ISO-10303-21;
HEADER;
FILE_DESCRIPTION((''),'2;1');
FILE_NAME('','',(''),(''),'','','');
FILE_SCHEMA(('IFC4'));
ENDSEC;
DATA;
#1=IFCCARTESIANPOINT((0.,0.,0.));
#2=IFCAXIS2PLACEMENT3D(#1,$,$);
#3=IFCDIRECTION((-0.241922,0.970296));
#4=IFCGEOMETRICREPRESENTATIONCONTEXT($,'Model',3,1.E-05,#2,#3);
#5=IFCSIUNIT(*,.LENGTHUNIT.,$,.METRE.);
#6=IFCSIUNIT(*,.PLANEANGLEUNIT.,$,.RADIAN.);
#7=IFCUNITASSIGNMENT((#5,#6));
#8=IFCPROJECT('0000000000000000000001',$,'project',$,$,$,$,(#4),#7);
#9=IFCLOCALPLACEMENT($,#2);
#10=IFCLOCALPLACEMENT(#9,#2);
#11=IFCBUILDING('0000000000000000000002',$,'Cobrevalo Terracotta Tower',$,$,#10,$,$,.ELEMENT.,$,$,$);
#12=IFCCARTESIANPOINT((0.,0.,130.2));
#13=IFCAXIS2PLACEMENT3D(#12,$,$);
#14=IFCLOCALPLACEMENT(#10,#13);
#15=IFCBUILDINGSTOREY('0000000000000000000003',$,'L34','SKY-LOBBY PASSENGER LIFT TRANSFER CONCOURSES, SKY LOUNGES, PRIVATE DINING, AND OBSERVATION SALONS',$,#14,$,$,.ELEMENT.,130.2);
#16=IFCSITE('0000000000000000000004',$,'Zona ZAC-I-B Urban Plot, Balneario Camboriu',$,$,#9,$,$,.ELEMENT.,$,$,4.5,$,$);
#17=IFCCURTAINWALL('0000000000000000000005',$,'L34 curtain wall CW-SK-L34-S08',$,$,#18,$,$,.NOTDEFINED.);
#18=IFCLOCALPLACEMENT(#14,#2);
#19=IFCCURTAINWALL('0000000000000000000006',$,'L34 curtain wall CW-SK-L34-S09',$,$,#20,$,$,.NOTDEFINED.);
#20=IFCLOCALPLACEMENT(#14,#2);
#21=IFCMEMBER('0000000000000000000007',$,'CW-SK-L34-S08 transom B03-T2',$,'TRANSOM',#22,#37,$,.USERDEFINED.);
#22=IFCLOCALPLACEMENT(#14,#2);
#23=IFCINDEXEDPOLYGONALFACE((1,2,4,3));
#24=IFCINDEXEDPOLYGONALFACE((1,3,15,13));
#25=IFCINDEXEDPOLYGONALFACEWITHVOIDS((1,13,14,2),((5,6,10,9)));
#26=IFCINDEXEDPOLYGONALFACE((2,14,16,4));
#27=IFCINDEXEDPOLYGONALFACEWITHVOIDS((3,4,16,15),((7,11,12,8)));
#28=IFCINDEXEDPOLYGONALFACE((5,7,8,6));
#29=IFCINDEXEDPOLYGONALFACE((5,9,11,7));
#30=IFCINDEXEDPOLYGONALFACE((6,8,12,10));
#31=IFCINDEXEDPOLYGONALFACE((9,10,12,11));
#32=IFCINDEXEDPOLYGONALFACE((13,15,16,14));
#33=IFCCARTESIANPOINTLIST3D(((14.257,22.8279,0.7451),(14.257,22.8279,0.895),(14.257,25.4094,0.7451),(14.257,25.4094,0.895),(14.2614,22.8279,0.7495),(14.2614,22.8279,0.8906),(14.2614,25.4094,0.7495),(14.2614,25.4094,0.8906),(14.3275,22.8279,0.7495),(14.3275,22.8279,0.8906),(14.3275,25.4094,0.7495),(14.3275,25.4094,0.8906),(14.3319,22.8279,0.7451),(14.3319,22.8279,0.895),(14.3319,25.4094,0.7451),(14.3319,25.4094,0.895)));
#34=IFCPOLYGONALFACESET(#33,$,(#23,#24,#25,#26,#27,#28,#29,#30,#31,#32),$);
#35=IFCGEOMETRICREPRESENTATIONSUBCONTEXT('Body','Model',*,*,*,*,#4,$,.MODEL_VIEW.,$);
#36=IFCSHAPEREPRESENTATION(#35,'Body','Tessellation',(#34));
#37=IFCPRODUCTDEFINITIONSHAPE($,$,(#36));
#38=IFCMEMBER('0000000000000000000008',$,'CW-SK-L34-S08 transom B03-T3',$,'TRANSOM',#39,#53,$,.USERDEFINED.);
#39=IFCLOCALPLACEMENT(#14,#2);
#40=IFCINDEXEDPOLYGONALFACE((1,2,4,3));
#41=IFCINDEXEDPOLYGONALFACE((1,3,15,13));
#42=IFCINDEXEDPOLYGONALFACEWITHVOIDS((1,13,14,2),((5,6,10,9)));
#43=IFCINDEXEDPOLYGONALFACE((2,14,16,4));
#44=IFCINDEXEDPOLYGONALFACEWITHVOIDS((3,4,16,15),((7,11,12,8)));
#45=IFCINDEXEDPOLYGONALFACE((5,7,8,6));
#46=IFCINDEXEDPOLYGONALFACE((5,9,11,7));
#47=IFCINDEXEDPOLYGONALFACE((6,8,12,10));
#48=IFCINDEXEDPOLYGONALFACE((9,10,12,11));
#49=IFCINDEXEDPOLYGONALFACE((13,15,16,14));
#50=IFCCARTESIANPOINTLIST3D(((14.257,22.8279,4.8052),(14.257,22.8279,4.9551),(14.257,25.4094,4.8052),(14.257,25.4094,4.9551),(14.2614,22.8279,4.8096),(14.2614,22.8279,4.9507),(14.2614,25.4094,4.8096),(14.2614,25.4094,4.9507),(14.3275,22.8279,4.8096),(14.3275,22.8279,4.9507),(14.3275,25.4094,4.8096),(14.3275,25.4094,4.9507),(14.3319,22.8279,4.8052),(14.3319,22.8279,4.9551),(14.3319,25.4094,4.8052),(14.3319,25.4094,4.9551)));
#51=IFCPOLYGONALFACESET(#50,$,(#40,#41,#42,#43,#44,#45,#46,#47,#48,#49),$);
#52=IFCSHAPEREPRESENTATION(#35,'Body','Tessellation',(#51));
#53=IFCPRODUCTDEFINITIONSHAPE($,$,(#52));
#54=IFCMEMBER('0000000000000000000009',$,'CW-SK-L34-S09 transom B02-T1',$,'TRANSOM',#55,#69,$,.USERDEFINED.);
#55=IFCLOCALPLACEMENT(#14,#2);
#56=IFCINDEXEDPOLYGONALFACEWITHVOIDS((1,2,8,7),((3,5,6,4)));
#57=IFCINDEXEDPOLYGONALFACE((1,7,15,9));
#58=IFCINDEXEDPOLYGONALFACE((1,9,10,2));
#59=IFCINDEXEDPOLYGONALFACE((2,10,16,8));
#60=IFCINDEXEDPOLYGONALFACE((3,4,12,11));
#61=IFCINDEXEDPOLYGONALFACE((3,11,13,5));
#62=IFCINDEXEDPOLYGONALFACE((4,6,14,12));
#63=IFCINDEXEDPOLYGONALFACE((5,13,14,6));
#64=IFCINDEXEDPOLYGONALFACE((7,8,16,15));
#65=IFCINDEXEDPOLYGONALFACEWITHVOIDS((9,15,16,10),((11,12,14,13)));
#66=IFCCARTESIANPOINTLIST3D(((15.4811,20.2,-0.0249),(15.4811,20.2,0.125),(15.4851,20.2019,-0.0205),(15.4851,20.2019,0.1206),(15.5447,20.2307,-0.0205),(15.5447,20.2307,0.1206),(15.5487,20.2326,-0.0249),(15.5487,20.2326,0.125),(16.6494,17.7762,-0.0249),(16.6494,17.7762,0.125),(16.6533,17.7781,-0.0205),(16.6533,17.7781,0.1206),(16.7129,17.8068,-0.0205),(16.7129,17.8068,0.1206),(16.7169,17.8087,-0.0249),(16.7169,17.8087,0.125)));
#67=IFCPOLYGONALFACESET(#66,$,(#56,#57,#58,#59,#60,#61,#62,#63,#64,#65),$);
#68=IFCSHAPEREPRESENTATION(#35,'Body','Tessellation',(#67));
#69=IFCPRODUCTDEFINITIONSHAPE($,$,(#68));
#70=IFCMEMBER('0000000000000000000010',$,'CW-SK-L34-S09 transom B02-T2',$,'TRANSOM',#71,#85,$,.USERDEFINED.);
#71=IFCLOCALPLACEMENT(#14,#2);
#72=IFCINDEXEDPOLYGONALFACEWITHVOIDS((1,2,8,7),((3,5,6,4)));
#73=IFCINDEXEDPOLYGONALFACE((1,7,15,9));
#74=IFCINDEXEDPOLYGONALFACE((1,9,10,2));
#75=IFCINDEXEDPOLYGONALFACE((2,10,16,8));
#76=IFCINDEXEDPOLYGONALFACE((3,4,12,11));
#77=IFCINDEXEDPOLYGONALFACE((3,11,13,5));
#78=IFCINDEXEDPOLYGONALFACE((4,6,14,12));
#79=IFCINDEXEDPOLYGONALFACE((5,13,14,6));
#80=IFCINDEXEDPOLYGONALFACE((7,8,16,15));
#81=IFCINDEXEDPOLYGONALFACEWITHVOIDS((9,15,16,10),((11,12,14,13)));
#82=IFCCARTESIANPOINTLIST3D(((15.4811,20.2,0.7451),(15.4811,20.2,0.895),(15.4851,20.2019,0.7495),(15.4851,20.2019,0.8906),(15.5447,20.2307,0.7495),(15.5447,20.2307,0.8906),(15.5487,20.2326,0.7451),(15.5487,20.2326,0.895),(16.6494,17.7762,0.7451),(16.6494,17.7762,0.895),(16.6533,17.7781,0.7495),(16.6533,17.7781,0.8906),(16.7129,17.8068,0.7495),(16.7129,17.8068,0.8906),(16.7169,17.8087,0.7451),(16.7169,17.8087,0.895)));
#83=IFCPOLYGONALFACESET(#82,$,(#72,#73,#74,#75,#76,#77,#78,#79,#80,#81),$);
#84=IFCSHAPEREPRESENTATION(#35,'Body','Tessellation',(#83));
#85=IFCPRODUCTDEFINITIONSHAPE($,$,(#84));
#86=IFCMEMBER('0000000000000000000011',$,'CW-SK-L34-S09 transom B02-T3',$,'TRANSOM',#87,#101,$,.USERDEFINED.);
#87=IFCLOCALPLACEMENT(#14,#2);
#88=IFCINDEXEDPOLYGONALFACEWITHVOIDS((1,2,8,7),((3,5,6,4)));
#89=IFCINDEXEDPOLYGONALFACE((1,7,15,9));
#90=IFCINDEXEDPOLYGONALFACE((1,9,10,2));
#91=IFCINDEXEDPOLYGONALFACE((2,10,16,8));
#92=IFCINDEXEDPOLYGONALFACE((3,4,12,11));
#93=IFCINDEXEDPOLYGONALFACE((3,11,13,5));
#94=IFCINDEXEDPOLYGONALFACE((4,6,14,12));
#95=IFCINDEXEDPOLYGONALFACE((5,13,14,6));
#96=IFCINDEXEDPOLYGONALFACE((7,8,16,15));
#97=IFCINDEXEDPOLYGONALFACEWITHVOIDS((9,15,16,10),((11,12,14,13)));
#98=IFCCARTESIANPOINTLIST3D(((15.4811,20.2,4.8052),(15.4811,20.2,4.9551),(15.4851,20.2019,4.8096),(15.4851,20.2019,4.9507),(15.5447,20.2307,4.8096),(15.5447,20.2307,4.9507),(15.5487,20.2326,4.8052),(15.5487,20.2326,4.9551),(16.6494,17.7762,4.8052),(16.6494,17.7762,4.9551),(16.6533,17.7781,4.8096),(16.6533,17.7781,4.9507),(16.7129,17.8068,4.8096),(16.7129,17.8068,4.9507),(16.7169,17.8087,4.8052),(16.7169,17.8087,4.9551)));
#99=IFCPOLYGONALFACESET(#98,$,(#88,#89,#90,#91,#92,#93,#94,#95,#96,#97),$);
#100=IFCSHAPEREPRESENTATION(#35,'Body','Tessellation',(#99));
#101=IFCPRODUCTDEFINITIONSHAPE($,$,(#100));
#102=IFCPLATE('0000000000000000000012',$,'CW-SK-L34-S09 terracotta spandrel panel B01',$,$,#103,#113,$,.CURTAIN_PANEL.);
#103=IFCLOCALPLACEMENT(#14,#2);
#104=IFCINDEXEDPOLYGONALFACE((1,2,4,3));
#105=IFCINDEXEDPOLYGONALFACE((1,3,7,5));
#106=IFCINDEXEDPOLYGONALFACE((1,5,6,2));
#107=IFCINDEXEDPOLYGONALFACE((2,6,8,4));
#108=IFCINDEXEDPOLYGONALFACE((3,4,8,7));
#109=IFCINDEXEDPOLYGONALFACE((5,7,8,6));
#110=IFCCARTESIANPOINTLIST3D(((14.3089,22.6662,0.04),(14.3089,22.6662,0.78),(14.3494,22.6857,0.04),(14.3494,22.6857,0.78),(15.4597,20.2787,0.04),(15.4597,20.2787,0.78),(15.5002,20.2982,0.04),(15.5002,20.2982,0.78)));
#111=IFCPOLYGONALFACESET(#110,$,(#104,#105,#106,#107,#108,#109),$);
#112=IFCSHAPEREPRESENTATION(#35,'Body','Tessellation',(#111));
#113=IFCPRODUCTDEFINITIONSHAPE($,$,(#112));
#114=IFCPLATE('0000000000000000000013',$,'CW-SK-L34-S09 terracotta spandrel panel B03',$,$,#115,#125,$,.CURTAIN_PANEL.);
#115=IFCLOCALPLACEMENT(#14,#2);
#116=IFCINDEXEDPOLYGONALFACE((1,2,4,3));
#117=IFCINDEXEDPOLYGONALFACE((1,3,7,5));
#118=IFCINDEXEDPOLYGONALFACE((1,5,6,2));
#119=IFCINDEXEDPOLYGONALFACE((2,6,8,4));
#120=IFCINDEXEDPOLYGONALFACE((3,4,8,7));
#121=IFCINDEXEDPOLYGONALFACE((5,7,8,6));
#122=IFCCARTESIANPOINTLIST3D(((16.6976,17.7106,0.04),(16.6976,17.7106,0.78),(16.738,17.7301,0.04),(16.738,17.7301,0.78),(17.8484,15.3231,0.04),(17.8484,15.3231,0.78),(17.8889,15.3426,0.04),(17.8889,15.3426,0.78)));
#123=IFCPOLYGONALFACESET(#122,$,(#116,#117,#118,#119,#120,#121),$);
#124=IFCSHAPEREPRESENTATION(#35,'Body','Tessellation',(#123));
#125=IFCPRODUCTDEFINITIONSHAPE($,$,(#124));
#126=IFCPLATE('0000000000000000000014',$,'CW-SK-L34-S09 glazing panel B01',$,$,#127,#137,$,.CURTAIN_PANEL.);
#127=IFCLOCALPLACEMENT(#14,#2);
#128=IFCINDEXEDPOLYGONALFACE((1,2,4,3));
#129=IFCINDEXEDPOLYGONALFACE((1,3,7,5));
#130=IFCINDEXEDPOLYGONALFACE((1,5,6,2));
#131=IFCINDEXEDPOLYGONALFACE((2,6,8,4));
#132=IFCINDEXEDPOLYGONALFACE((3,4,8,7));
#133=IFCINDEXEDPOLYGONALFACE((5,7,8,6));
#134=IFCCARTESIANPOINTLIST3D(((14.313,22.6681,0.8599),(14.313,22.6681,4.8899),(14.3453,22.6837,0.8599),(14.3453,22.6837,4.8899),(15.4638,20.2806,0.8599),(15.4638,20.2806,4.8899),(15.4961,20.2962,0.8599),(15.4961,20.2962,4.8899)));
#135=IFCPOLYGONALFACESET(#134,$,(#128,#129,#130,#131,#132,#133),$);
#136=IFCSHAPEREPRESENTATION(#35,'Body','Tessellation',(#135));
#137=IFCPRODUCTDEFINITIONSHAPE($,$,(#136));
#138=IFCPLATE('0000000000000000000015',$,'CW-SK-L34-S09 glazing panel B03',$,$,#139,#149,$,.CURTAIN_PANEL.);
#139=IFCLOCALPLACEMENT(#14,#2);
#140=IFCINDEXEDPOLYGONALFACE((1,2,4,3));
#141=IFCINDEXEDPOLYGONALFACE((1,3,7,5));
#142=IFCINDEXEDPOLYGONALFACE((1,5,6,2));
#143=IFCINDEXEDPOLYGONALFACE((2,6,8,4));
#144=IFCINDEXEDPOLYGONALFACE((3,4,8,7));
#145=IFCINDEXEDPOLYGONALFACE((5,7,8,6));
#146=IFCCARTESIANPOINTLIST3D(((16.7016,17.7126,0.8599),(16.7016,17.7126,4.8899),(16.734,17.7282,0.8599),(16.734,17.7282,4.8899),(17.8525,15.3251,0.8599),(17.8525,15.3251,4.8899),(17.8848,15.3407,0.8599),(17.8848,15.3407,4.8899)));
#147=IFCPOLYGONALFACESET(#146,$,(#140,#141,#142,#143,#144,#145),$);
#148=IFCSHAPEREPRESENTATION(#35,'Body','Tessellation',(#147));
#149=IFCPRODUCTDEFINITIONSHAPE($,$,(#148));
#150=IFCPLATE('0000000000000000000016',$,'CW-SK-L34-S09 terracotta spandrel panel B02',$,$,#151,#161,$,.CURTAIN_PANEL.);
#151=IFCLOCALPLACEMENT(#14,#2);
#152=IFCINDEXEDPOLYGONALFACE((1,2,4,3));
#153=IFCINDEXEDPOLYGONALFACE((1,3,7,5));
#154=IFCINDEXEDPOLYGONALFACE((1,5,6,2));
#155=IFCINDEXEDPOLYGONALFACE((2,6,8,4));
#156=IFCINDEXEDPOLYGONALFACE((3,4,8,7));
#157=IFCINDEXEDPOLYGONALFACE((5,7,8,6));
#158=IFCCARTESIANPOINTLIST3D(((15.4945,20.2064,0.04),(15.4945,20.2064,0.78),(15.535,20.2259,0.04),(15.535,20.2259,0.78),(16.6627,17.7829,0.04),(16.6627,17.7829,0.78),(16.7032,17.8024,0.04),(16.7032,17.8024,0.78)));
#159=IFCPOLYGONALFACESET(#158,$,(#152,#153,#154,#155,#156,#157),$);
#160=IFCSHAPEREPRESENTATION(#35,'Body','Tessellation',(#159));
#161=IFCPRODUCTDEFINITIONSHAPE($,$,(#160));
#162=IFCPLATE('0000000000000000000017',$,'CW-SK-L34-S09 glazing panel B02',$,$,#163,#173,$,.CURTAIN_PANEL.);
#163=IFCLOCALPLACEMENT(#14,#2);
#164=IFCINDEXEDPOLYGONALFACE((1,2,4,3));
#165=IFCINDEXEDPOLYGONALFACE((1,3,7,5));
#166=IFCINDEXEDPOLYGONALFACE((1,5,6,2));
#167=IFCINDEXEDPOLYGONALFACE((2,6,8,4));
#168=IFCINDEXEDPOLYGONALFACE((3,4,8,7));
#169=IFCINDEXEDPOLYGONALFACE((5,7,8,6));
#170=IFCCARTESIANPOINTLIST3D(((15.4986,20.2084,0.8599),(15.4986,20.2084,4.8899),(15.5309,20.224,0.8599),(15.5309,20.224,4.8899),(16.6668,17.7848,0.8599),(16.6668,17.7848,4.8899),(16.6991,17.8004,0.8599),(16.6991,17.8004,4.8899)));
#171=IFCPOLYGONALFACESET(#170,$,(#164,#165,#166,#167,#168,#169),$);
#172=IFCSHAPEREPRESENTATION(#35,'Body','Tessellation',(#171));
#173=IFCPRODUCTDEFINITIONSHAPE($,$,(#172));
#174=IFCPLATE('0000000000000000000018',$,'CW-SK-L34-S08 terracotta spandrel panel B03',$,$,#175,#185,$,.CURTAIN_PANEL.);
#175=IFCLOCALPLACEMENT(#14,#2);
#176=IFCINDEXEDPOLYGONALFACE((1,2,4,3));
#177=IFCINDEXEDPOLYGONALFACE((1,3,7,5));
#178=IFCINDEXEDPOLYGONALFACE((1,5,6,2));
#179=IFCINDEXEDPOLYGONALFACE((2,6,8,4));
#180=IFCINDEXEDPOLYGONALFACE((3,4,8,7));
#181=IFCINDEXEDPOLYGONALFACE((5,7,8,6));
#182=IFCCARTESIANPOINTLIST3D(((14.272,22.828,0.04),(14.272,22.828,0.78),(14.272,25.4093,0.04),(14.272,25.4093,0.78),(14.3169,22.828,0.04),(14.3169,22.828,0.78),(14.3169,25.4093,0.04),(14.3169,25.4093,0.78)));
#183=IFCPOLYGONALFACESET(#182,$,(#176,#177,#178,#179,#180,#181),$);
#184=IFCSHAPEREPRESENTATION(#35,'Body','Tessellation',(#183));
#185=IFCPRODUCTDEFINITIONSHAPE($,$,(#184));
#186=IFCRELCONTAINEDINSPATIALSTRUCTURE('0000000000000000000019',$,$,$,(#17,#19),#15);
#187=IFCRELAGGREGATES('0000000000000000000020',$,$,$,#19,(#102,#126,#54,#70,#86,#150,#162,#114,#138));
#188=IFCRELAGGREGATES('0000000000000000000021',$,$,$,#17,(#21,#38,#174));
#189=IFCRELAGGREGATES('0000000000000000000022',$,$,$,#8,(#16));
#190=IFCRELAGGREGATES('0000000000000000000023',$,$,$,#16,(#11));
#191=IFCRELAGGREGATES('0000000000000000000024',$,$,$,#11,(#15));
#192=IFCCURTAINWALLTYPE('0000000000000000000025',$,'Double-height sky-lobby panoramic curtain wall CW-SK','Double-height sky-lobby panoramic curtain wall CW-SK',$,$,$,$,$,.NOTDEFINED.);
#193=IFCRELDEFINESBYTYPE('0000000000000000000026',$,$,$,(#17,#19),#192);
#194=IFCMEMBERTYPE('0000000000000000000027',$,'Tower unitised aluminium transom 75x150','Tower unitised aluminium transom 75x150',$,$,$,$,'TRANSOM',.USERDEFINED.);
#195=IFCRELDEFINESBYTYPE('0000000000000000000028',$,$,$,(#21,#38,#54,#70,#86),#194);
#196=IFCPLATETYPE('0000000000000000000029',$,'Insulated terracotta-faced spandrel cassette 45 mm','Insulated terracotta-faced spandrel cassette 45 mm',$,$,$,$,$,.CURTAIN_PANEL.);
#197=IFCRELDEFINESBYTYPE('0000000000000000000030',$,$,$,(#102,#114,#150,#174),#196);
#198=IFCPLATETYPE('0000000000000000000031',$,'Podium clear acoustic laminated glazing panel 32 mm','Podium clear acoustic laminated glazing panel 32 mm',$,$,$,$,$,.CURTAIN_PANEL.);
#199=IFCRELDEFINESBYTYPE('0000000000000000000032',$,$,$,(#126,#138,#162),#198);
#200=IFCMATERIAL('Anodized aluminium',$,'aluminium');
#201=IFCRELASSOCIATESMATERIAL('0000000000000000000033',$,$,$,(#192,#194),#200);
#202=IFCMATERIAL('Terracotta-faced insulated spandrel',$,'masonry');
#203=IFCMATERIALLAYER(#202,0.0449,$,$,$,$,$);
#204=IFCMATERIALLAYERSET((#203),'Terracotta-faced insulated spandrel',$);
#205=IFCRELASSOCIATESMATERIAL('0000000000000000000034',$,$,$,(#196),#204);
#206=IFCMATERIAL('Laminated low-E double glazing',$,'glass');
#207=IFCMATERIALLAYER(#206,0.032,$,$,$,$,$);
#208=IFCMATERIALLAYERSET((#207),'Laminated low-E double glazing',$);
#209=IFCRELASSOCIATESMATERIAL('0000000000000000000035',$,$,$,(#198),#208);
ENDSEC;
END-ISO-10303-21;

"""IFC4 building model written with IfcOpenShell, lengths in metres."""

from ifc_helpers import new_model, si_unit, direction, frame, origin, origin_2d, place, context, subcontext, project, spatial, rectangle, hollow_rectangle, extrude, source, transform, mapped, material, layer, layer_set, material_profile, profile_set, type_object, element, aggregate, save


model = new_model("IFC4")

# Units and contexts
model_context = context("Model", 3, precision=1e-05, world=origin(), true_north=direction((-0.241922, 0.970296)))
body_context = subcontext(model_context, "Body", "Model", "MODEL_VIEW")
ifc_project = project(units=[si_unit("LENGTHUNIT", "METRE"), si_unit("PLANEANGLEUNIT", "RADIAN")], contexts=[model_context])

# Site, building, storey
site_placement = place(None, origin())
site = spatial("IfcSite", under=ifc_project, at=site_placement, Name="Zona ZAC-I-B Urban Plot, Balneario Camboriu", CompositionType="ELEMENT", RefElevation=4.5)
building_placement = place(site_placement, origin())
building = spatial("IfcBuilding", under=site, at=building_placement, Name="Cobrevalo Terracotta Tower", CompositionType="ELEMENT")
storey_placement = place(building_placement, frame((0.0, 0.0, 130.2)))
storey = spatial("IfcBuildingStorey", under=building, at=storey_placement, Name="L34", Description="SKY-LOBBY PASSENGER LIFT TRANSFER CONCOURSES, SKY LOUNGES, PRIVATE DINING, AND OBSERVATION SALONS", CompositionType="ELEMENT", Elevation=130.2)

# Curtain walls
ifc_material_1 = material(Name="Anodized aluminium", Category="aluminium")
curtain_wall_type = type_object("IfcCurtainWallType", Name="Double-height sky-lobby panoramic curtain wall CW-SK", Description="Double-height sky-lobby panoramic curtain wall CW-SK", PredefinedType="NOTDEFINED", material=ifc_material_1)
curtain_wall_1_placement = place(storey_placement, origin())
curtain_wall_1 = element("IfcCurtainWall", 1, at=curtain_wall_1_placement, inside=storey, type_object=curtain_wall_type, Name="L34 curtain wall CW-SK-L34-S08", PredefinedType="NOTDEFINED")
curtain_wall_2_placement = place(storey_placement, origin())
curtain_wall_2 = element("IfcCurtainWall", 2, at=curtain_wall_2_placement, inside=storey, type_object=curtain_wall_type, Name="L34 curtain wall CW-SK-L34-S09", PredefinedType="NOTDEFINED")
ifc_material_profile_1 = material_profile(ifc_material_1, hollow_rectangle(XDim=0.075, YDim=0.1499, WallThickness=0.0044, at=origin_2d()), Name="CWT 75x150")
ifc_profile_set_1 = profile_set([ifc_material_profile_1], Name="Anodized aluminium")
member_type_1 = type_object("IfcMemberType", Name="Tower unitised aluminium transom 75x150", Description="Tower unitised aluminium transom 75x150", ElementType="TRANSOM", PredefinedType="USERDEFINED", material=ifc_profile_set_1)

# Members
shared_shape_1 = source(origin(), body_context, "Body", "SweptSolid", [
    extrude(hollow_rectangle(XDim=0.075, YDim=0.1499, WallThickness=0.0044, at=origin_2d()), origin(), (0.0, 0.0, 1.0), 2.5815),
])
member_1_placement = place(storey_placement, frame((14.2944, 25.4094, 0.8201), z_axis=(0.0, -1.0, 0.0), x_axis=(1.0, 0.0, 0.0)))
member_1 = element("IfcMember", 3, at=member_1_placement, type_object=member_type_1, Name="CW-SK-L34-S08 transom B03-T2", ObjectType="TRANSOM", PredefinedType="USERDEFINED", context=body_context, shape_type="MappedRepresentation", body=[
    mapped(shared_shape_1, transform((0.0, 0.0, 0.0), scale=1.0)),
])
member_2_placement = place(storey_placement, frame((14.2944, 25.4094, 4.8801), z_axis=(0.0, -1.0, 0.0), x_axis=(1.0, 0.0, 0.0)))
member_2 = element("IfcMember", 4, at=member_2_placement, type_object=member_type_1, Name="CW-SK-L34-S08 transom B03-T3", ObjectType="TRANSOM", PredefinedType="USERDEFINED", context=body_context, shape_type="MappedRepresentation", body=[
    mapped(shared_shape_1, transform((0.0, 0.0, 0.0), scale=1.0)),
])
shared_shape_2 = source(origin(), body_context, "Body", "SweptSolid", [
    extrude(hollow_rectangle(XDim=0.075, YDim=0.1499, WallThickness=0.0044, at=origin_2d()), origin(), (0.0, 0.0, 1.0), 2.6907),
])
member_3_placement = place(storey_placement, frame((15.5149, 20.2163, 0.05), z_axis=(0.434173, -0.90083, 0.0), x_axis=(0.90083, 0.434173, 0.0)))
member_3 = element("IfcMember", 5, at=member_3_placement, type_object=member_type_1, Name="CW-SK-L34-S09 transom B02-T1", ObjectType="TRANSOM", PredefinedType="USERDEFINED", context=body_context, shape_type="MappedRepresentation", body=[
    mapped(shared_shape_2, transform((0.0, 0.0, 0.0), scale=1.0)),
])
member_4_placement = place(storey_placement, frame((15.5149, 20.2163, 0.8201), z_axis=(0.434173, -0.90083, 0.0), x_axis=(0.90083, 0.434173, 0.0)))
member_4 = element("IfcMember", 6, at=member_4_placement, type_object=member_type_1, Name="CW-SK-L34-S09 transom B02-T2", ObjectType="TRANSOM", PredefinedType="USERDEFINED", context=body_context, shape_type="MappedRepresentation", body=[
    mapped(shared_shape_2, transform((0.0, 0.0, 0.0), scale=1.0)),
])
member_5_placement = place(storey_placement, frame((15.5149, 20.2163, 4.8801), z_axis=(0.434173, -0.90083, 0.0), x_axis=(0.90083, 0.434173, 0.0)))
member_5 = element("IfcMember", 7, at=member_5_placement, type_object=member_type_1, Name="CW-SK-L34-S09 transom B02-T3", ObjectType="TRANSOM", PredefinedType="USERDEFINED", context=body_context, shape_type="MappedRepresentation", body=[
    mapped(shared_shape_2, transform((0.0, 0.0, 0.0), scale=1.0)),
])

# Plates
ifc_material_2 = material(Name="Terracotta-faced insulated spandrel", Category="masonry")
ifc_layer_1 = layer(ifc_material_2, 0.0449)
ifc_layer_set_1 = layer_set([ifc_layer_1], Name="Terracotta-faced insulated spandrel")
plate_type_1 = type_object("IfcPlateType", Name="Insulated terracotta-faced spandrel cassette 45 mm", Description="Insulated terracotta-faced spandrel cassette 45 mm", PredefinedType="CURTAIN_PANEL", material=ifc_layer_set_1)
shared_shape_3 = source(origin(), body_context, "Body", "SweptSolid", [
    extrude(rectangle(XDim=2.6504, YDim=0.0449, at=origin_2d()), origin(), (0.0, 0.0, 1.0), 0.74),
])
plate_1_placement = place(storey_placement, frame((14.9045, 21.4822, 0.04), z_axis=(0.0, 0.0, 1.0), x_axis=(0.434209, -0.900812, 0.0)))
plate_1 = element("IfcPlate", 8, at=plate_1_placement, type_object=plate_type_1, Name="CW-SK-L34-S09 terracotta spandrel panel B01", PredefinedType="CURTAIN_PANEL", context=body_context, shape_type="MappedRepresentation", body=[
    mapped(shared_shape_3, transform((0.0, 0.0, 0.0), scale=1.0)),
])
plate_2_placement = place(storey_placement, frame((17.2932, 16.5266, 0.04), z_axis=(0.0, 0.0, 1.0), x_axis=(0.434209, -0.900812, 0.0)))
plate_2 = element("IfcPlate", 9, at=plate_2_placement, type_object=plate_type_1, Name="CW-SK-L34-S09 terracotta spandrel panel B03", PredefinedType="CURTAIN_PANEL", context=body_context, shape_type="MappedRepresentation", body=[
    mapped(shared_shape_3, transform((0.0, 0.0, 0.0), scale=1.0)),
])
ifc_material_3 = material(Name="Laminated low-E double glazing", Category="glass")
ifc_layer_2 = layer(ifc_material_3, 0.032)
ifc_layer_set_2 = layer_set([ifc_layer_2], Name="Laminated low-E double glazing")
plate_type_2 = type_object("IfcPlateType", Name="Podium clear acoustic laminated glazing panel 32 mm", Description="Podium clear acoustic laminated glazing panel 32 mm", PredefinedType="CURTAIN_PANEL", material=ifc_layer_set_2)
shared_shape_4 = source(origin(), body_context, "Body", "SweptSolid", [
    extrude(rectangle(XDim=2.6504, YDim=0.0359, at=origin_2d()), origin(), (0.0, 0.0, 1.0), 4.03),
])
plate_3_placement = place(storey_placement, frame((14.9045, 21.4822, 0.8599), z_axis=(0.0, 0.0, 1.0), x_axis=(0.434209, -0.900812, 0.0)))
plate_3 = element("IfcPlate", 10, at=plate_3_placement, type_object=plate_type_2, Name="CW-SK-L34-S09 glazing panel B01", PredefinedType="CURTAIN_PANEL", context=body_context, shape_type="MappedRepresentation", body=[
    mapped(shared_shape_4, transform((0.0, 0.0, 0.0), scale=1.0)),
])
plate_4_placement = place(storey_placement, frame((17.2932, 16.5266, 0.8599), z_axis=(0.0, 0.0, 1.0), x_axis=(0.434209, -0.900812, 0.0)))
plate_4 = element("IfcPlate", 11, at=plate_4_placement, type_object=plate_type_2, Name="CW-SK-L34-S09 glazing panel B03", PredefinedType="CURTAIN_PANEL", context=body_context, shape_type="MappedRepresentation", body=[
    mapped(shared_shape_4, transform((0.0, 0.0, 0.0), scale=1.0)),
])
shared_shape_5 = source(origin(), body_context, "Body", "SweptSolid", [
    extrude(rectangle(XDim=2.6904, YDim=0.0449, at=origin_2d()), origin(), (0.0, 0.0, 1.0), 0.74),
])
plate_5_placement = place(storey_placement, frame((16.0989, 19.0044, 0.04), z_axis=(0.0, 0.0, 1.0), x_axis=(0.434209, -0.900812, 0.0)))
plate_5 = element("IfcPlate", 12, at=plate_5_placement, type_object=plate_type_1, Name="CW-SK-L34-S09 terracotta spandrel panel B02", PredefinedType="CURTAIN_PANEL", context=body_context, shape_type="MappedRepresentation", body=[
    mapped(shared_shape_5, transform((0.0, 0.0, 0.0), scale=1.0)),
])
shared_shape_6 = source(origin(), body_context, "Body", "SweptSolid", [
    extrude(rectangle(XDim=2.6904, YDim=0.0359, at=origin_2d()), origin(), (0.0, 0.0, 1.0), 4.03),
])
plate_6_placement = place(storey_placement, frame((16.0989, 19.0044, 0.8599), z_axis=(0.0, 0.0, 1.0), x_axis=(0.434209, -0.900812, 0.0)))
plate_6 = element("IfcPlate", 13, at=plate_6_placement, type_object=plate_type_2, Name="CW-SK-L34-S09 glazing panel B02", PredefinedType="CURTAIN_PANEL", context=body_context, shape_type="MappedRepresentation", body=[
    mapped(shared_shape_6, transform((0.0, 0.0, 0.0), scale=1.0)),
])
aggregate(curtain_wall_2, [plate_1, plate_3, member_3, member_4, member_5, plate_5, plate_6, plate_2, plate_4])
shared_shape_7 = source(origin(), body_context, "Body", "SweptSolid", [
    extrude(rectangle(XDim=2.5813, YDim=0.0449, at=origin_2d()), origin(), (0.0, 0.0, 1.0), 0.74),
])
plate_7_placement = place(storey_placement, frame((14.2944, 24.1187, 0.04), z_axis=(0.0, 0.0, 1.0), x_axis=(0.0, -1.0, 0.0)))
plate_7 = element("IfcPlate", 14, at=plate_7_placement, type_object=plate_type_1, Name="CW-SK-L34-S08 terracotta spandrel panel B03", PredefinedType="CURTAIN_PANEL", context=body_context, shape_type="MappedRepresentation", body=[
    mapped(shared_shape_7, transform((0.0, 0.0, 0.0), scale=1.0)),
])
aggregate(curtain_wall_1, [member_1, member_2, plate_7])

save(model, "model.ifc")
